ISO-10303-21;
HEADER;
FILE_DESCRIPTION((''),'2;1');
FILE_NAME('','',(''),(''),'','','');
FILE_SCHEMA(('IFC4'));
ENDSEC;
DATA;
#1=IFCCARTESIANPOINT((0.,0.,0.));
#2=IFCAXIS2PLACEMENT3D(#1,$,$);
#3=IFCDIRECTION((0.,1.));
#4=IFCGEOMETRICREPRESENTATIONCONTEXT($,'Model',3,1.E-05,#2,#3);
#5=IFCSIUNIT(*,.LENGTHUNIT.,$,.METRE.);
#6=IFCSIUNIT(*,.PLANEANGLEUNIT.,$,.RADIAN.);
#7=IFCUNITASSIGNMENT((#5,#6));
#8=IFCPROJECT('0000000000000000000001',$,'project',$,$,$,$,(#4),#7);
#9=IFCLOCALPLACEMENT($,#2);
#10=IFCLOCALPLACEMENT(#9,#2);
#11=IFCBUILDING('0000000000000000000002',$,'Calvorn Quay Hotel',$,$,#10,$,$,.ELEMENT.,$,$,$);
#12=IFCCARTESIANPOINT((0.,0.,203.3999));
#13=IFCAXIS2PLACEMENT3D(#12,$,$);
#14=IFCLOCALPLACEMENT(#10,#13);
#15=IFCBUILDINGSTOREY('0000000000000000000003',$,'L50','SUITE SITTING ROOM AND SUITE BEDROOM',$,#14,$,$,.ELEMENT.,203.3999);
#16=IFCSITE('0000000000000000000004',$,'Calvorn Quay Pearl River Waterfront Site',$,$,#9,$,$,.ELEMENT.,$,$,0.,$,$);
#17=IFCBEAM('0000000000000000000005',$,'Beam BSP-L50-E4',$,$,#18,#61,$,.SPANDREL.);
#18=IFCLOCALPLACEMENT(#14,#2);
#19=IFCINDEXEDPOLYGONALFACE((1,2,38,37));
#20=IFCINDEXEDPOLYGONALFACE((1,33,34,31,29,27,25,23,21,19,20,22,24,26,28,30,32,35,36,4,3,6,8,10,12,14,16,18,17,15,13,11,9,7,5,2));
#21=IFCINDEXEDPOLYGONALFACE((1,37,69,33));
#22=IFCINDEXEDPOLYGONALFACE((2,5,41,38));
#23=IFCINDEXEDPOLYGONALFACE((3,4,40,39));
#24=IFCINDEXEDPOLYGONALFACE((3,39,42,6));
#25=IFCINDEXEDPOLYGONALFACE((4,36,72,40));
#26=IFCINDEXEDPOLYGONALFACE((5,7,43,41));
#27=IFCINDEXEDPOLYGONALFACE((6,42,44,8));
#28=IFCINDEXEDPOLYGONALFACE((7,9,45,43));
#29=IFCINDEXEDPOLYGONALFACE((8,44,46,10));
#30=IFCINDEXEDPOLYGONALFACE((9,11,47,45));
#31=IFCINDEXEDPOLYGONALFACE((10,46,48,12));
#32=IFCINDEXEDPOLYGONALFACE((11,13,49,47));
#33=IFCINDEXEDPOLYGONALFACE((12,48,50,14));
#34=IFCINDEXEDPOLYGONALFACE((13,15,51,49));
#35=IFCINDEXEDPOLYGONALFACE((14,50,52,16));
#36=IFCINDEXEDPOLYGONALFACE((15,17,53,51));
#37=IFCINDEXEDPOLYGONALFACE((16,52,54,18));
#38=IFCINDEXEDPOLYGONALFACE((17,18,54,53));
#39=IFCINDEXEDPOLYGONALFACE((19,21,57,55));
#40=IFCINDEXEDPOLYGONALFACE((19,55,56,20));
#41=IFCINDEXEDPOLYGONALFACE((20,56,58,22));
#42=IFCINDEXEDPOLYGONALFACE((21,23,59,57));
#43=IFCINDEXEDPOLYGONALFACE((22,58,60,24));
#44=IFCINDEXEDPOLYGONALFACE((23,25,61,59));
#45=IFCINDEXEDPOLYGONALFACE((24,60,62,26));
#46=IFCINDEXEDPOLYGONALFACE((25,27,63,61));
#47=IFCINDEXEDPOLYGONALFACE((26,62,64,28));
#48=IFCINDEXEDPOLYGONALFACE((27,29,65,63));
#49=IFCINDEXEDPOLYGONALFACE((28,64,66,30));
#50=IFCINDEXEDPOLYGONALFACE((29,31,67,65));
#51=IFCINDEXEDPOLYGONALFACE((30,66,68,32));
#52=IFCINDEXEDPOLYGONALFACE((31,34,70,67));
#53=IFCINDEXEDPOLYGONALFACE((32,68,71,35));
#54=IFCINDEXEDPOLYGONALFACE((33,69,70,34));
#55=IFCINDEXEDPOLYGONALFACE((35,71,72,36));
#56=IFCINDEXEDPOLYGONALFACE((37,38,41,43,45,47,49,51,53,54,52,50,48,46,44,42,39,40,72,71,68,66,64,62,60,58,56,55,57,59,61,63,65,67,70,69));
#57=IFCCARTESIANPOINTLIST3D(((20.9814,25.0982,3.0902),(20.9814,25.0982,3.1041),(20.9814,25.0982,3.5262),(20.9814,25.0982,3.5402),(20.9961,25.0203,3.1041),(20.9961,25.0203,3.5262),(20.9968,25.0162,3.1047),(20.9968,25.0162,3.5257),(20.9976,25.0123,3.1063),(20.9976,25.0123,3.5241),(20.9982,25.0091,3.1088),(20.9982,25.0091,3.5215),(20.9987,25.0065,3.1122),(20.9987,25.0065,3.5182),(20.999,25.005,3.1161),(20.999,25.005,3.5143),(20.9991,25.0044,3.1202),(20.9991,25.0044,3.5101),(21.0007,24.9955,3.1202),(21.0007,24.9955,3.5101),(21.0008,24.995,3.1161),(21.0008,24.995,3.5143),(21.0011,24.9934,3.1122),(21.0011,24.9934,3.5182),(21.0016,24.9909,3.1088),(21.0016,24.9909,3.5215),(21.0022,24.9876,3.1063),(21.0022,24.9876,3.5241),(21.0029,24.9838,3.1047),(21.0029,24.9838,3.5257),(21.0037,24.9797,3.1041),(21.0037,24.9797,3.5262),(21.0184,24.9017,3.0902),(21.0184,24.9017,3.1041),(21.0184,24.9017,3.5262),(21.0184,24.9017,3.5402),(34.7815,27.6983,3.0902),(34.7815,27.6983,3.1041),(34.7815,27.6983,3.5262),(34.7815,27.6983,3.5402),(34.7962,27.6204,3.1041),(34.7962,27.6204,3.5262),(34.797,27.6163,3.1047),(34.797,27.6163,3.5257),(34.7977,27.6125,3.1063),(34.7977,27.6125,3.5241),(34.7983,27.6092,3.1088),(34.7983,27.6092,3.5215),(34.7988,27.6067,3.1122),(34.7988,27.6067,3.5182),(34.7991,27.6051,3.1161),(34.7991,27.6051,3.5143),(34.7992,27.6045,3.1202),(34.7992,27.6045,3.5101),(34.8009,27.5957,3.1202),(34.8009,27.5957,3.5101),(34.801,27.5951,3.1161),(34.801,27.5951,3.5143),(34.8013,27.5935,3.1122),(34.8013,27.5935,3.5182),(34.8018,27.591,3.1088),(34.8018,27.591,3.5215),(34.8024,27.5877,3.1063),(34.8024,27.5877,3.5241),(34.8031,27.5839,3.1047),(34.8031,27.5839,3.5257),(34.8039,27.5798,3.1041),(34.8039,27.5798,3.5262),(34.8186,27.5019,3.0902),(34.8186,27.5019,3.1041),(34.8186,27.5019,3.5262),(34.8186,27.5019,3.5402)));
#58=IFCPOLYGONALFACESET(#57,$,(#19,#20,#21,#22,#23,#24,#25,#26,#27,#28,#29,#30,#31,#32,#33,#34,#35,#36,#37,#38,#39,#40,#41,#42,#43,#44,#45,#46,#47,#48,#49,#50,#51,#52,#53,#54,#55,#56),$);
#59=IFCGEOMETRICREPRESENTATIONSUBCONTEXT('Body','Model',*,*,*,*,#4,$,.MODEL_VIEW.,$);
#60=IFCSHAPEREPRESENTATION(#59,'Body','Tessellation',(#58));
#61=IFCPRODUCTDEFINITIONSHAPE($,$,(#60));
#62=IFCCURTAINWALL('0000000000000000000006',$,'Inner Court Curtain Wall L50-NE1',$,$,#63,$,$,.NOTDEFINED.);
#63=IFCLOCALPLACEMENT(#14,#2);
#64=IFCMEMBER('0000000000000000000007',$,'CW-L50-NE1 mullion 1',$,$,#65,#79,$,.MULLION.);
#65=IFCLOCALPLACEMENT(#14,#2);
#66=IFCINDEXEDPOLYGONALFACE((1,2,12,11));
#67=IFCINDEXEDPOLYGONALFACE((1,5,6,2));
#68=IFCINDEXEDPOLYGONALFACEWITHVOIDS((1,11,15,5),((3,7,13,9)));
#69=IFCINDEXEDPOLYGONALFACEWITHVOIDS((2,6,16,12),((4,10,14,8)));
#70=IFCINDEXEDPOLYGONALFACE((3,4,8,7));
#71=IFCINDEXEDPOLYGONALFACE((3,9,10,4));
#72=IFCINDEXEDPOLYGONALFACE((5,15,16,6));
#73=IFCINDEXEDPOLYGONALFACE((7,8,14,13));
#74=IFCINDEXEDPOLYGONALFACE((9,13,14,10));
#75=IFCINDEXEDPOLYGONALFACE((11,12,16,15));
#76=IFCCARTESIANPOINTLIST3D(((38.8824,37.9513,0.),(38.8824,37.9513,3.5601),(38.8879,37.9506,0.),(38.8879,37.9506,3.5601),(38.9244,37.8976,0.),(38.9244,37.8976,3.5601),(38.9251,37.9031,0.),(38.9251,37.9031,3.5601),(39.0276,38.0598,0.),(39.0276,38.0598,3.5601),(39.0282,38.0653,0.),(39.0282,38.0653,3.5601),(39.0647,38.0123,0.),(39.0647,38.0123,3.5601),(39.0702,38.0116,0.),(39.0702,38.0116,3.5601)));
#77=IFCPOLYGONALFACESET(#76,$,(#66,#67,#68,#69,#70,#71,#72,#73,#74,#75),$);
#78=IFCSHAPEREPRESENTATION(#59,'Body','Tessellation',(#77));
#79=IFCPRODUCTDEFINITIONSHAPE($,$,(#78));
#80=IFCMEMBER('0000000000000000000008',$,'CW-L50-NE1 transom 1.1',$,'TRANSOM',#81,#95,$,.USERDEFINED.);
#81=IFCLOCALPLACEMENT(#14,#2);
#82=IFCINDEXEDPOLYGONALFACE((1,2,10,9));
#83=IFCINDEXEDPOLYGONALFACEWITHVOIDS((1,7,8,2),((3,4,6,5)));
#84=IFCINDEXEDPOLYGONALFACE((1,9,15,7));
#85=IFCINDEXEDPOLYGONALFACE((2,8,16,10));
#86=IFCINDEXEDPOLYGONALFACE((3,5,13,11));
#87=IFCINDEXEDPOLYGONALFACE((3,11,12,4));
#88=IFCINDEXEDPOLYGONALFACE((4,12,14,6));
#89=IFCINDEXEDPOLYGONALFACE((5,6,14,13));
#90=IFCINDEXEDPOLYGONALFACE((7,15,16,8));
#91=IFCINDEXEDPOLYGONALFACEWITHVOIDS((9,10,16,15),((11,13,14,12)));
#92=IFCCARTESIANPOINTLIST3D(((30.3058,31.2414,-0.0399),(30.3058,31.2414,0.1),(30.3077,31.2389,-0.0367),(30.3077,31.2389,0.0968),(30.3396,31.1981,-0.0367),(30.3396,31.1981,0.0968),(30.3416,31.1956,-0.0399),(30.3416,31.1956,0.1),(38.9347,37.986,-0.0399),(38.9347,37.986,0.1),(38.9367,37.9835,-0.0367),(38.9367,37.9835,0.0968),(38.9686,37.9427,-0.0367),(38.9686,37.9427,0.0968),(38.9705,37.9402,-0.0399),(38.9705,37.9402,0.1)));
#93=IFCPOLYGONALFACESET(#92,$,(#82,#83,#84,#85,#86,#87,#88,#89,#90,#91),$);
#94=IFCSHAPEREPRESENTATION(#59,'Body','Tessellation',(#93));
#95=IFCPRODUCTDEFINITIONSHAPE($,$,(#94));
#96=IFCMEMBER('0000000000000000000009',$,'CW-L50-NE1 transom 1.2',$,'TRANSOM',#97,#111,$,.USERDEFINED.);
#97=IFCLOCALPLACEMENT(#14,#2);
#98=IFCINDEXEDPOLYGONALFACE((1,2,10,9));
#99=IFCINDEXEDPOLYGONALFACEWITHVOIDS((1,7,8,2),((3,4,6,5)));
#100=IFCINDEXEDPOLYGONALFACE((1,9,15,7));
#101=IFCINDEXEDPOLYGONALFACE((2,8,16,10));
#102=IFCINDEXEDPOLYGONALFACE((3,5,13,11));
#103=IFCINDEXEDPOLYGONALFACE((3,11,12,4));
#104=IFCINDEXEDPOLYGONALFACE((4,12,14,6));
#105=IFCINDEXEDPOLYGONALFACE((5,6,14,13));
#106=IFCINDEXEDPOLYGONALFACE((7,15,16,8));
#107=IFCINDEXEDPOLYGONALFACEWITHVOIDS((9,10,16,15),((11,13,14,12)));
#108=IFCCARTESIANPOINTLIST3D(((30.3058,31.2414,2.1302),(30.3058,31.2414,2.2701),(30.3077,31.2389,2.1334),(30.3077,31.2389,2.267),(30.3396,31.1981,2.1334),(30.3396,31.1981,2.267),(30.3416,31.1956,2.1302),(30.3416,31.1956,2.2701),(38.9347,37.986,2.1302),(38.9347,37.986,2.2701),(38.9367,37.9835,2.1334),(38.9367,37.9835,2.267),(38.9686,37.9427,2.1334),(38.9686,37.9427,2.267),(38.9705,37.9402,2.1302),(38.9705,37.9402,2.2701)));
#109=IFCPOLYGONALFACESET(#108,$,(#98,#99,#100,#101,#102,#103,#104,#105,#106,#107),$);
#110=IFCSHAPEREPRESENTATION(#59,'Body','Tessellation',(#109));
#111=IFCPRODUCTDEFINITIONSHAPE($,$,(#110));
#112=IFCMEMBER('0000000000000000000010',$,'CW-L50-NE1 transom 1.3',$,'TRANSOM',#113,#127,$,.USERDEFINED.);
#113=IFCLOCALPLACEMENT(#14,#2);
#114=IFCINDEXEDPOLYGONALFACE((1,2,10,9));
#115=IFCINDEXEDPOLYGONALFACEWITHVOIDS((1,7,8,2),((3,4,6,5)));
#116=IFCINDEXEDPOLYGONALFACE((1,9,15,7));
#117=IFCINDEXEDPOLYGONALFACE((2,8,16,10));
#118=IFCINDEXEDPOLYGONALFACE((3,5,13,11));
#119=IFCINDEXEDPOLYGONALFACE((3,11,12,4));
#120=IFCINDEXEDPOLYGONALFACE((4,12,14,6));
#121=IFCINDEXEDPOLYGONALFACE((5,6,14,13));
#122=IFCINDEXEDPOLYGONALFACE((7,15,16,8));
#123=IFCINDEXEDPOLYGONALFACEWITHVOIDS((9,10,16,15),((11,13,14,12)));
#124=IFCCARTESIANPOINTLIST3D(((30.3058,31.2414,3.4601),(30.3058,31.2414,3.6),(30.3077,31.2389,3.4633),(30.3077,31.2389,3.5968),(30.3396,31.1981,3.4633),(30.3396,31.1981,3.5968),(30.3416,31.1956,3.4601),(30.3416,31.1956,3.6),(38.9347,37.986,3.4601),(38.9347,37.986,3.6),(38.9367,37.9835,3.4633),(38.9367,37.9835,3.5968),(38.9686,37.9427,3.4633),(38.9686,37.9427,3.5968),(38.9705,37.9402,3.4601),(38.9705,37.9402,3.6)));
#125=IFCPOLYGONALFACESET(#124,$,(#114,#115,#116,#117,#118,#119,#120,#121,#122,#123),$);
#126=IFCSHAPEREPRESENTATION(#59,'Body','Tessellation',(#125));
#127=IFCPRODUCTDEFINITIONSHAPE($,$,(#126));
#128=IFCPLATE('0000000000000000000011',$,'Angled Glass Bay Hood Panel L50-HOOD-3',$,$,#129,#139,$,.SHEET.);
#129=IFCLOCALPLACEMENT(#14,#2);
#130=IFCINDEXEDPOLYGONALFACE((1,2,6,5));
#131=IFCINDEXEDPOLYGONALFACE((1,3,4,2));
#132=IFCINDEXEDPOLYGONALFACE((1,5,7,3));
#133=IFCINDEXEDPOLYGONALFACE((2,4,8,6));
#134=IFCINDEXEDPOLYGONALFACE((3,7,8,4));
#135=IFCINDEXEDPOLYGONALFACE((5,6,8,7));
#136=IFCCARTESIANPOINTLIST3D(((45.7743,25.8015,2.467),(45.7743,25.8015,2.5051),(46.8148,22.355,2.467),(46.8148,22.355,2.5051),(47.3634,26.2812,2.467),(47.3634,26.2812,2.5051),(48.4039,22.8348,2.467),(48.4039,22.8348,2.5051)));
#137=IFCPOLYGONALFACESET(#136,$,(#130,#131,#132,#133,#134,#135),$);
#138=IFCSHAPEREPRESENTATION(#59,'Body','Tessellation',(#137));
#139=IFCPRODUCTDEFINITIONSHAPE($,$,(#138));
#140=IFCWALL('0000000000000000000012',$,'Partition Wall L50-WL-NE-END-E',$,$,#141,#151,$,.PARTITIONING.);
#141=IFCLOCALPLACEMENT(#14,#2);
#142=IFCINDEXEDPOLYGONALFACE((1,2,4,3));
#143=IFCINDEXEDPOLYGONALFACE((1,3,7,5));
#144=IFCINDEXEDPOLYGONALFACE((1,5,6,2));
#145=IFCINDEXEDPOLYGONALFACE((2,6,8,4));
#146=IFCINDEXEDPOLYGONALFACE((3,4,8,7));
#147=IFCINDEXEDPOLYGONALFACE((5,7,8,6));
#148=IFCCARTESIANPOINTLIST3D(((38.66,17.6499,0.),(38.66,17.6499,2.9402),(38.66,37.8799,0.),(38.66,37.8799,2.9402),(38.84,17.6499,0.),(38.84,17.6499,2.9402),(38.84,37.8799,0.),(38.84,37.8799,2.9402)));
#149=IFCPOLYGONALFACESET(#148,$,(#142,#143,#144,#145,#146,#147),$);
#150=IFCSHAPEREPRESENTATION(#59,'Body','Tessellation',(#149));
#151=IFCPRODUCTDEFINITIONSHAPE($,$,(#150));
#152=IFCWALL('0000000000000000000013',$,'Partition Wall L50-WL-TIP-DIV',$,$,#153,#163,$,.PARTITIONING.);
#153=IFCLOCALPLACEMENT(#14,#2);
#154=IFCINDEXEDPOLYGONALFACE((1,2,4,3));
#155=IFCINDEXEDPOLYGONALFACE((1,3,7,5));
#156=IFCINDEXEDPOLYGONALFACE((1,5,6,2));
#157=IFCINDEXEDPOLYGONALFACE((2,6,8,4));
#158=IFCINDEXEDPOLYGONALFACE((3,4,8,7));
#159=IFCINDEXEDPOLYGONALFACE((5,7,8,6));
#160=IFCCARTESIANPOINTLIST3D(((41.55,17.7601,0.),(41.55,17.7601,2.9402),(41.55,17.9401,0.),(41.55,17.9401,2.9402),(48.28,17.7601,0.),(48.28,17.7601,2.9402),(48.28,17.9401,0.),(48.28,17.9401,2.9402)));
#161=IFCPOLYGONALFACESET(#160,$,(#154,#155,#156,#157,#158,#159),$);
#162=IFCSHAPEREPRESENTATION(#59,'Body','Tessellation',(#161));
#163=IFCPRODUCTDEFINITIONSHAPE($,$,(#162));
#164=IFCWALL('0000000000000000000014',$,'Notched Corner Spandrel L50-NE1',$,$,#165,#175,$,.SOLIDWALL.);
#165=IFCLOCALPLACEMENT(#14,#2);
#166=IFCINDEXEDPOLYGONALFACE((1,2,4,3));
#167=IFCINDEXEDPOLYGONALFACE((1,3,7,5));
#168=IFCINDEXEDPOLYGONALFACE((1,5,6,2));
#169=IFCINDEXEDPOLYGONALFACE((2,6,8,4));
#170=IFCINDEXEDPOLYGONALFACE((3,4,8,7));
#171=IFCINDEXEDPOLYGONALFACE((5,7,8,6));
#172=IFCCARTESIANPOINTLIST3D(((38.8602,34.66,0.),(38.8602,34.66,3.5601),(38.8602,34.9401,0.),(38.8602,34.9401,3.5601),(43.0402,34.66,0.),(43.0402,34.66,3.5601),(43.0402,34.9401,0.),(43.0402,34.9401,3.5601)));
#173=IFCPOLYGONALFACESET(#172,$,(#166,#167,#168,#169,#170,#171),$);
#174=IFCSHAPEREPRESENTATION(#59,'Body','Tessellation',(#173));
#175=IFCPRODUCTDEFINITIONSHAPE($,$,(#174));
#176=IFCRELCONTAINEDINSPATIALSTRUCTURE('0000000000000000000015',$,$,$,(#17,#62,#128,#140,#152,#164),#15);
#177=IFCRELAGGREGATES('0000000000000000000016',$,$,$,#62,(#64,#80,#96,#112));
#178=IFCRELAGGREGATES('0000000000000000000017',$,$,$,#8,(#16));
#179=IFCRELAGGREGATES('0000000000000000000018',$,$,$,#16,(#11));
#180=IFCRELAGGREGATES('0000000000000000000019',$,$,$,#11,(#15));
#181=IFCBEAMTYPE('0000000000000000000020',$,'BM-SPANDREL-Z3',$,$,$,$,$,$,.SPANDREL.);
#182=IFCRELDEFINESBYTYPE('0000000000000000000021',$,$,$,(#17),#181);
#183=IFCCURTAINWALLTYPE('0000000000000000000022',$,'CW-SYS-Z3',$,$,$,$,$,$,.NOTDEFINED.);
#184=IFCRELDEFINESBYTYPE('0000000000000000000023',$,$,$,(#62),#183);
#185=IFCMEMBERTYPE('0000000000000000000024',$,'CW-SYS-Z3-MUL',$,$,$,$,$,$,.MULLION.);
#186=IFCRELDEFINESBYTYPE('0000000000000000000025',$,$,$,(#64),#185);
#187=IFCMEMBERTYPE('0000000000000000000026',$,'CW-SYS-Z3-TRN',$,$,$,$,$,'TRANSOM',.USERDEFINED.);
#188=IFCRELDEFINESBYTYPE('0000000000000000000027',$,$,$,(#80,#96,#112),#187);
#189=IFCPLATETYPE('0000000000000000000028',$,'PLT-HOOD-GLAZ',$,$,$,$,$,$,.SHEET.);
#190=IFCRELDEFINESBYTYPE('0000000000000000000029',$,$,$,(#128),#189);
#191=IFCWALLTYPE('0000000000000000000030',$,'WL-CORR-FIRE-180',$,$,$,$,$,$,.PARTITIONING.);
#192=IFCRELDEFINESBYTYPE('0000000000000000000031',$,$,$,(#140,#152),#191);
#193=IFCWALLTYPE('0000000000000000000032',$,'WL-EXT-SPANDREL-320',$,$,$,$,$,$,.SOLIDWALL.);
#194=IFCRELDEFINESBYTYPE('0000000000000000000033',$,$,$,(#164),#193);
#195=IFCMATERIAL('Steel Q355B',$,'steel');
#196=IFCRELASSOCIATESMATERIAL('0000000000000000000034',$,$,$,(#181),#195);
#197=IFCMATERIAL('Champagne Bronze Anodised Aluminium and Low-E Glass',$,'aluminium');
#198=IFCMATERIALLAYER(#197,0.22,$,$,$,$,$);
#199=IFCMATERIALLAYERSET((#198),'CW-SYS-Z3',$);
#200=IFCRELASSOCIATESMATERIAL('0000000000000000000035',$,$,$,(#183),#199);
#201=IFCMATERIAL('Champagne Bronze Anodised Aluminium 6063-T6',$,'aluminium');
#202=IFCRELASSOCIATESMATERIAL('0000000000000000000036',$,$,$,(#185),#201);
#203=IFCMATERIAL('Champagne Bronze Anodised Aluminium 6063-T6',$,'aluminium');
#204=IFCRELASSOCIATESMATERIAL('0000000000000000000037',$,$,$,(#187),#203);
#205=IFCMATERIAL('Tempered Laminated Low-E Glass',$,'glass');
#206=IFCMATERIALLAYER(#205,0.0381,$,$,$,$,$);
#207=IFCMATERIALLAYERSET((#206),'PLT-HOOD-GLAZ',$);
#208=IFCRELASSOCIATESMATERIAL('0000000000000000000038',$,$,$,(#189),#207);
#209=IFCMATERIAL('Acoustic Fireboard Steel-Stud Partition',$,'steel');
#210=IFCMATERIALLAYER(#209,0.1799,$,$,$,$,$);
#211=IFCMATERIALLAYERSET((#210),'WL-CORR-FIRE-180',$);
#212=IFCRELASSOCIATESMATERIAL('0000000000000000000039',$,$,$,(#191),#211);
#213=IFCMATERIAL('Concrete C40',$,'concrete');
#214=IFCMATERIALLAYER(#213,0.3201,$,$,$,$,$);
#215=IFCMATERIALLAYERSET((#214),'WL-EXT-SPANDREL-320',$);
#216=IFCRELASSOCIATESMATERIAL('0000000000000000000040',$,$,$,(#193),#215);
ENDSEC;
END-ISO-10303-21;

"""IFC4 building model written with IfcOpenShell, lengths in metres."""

from ifc_helpers import new_model, si_unit, direction, frame, frame_2d, origin, origin_2d, place, context, subcontext, project, spatial, rectangle, hollow_rectangle, i_section, extrude, material, layer, layer_set, material_profile, profile_set, type_object, element, aggregate, save


model = new_model("IFC4")

# Units and contexts
model_context = context("Model", 3, precision=1e-05, world=origin(), true_north=direction((0.0, 1.0)))
body_context = subcontext(model_context, "Body", "Model", "MODEL_VIEW")
ifc_project = project(units=[si_unit("LENGTHUNIT", "METRE"), si_unit("PLANEANGLEUNIT", "RADIAN")], contexts=[model_context])

# Site, building, storey
site_placement = place(None, origin())
site = spatial("IfcSite", under=ifc_project, at=site_placement, Name="Calvorn Quay Pearl River Waterfront Site", CompositionType="ELEMENT", RefElevation=0.0)
building_placement = place(site_placement, origin())
building = spatial("IfcBuilding", under=site, at=building_placement, Name="Calvorn Quay Hotel", CompositionType="ELEMENT")
storey_placement = place(building_placement, frame((0.0, 0.0, 203.3999)))
storey = spatial("IfcBuildingStorey", under=building, at=storey_placement, Name="L50", Description="SUITE SITTING ROOM AND SUITE BEDROOM", CompositionType="ELEMENT", Elevation=203.3999)

# Beam
ifc_material_1 = material(Name="Steel Q355B", Category="steel")
ifc_material_profile_1 = material_profile(ifc_material_1, i_section(OverallWidth=0.2, OverallDepth=0.45, WebThickness=0.009, FlangeThickness=0.0139, FilletRadius=0.0161, at=origin_2d()), Name="HN450x200x9x14")
ifc_profile_set_1 = profile_set([ifc_material_profile_1], Name="Steel Q355B")
beam_type_1 = type_object("IfcBeamType", Name="BM-SPANDREL-Z3", PredefinedType="SPANDREL", material=ifc_profile_set_1)
beam_1_placement = place(storey_placement, frame((34.8, 27.6001, 3.3152), z_axis=(-0.982709, -0.185154, 0.0), x_axis=(0.185154, -0.982709, 0.0)))
element("IfcBeam", 1, at=beam_1_placement, inside=storey, type_object=beam_type_1, Name="Beam BSP-L50-E4", PredefinedType="SPANDREL", context=body_context, shape_type="SweptSolid", body=[
    extrude(i_section(OverallWidth=0.2, OverallDepth=0.45, WebThickness=0.009, FlangeThickness=0.0139, FilletRadius=0.0161, at=origin_2d()), origin(), (0.0, 0.0, 1.0), 14.043),
])

# Curtain wall, members
ifc_material_2 = material(Name="Champagne Bronze Anodised Aluminium and Low-E Glass", Category="aluminium")
ifc_layer_1 = layer(ifc_material_2, 0.22)
ifc_layer_set_1 = layer_set([ifc_layer_1], Name="CW-SYS-Z3")
curtain_wall_type = type_object("IfcCurtainWallType", Name="CW-SYS-Z3", PredefinedType="NOTDEFINED", material=ifc_layer_set_1)
curtain_wall_placement = place(storey_placement, origin())
curtain_wall = element("IfcCurtainWall", 2, at=curtain_wall_placement, inside=storey, type_object=curtain_wall_type, Name="Inner Court Curtain Wall L50-NE1", PredefinedType="NOTDEFINED")
ifc_material_3 = material(Name="Champagne Bronze Anodised Aluminium 6063-T6", Category="aluminium")
ifc_material_profile_2 = material_profile(ifc_material_3, hollow_rectangle(XDim=0.0681, YDim=0.1851, WallThickness=0.0039, at=origin_2d()), Name="ALU-M185x68x4")
ifc_profile_set_2 = profile_set([ifc_material_profile_2], Name="Champagne Bronze Anodised Aluminium 6063-T6")
member_type_1 = type_object("IfcMemberType", Name="CW-SYS-Z3-MUL", PredefinedType="MULLION", material=ifc_profile_set_2)
member_1_placement = place(storey_placement, frame((38.9763, 37.9814, 0.0), z_axis=(0.0, 0.0, 1.0), x_axis=(0.61582, -0.787887, 0.0)))
member_1 = element("IfcMember", 3, at=member_1_placement, type_object=member_type_1, Name="CW-L50-NE1 mullion 1", PredefinedType="MULLION", context=body_context, shape_type="SweptSolid", body=[
    extrude(hollow_rectangle(XDim=0.0681, YDim=0.1851, WallThickness=0.0039, at=origin_2d()), origin(), (0.0, 0.0, 1.0), 3.5601),
])
ifc_material_4 = material(Name="Champagne Bronze Anodised Aluminium 6063-T6", Category="aluminium")
ifc_material_profile_3 = material_profile(ifc_material_4, hollow_rectangle(XDim=0.0581, YDim=0.1399, WallThickness=0.0032, at=origin_2d()), Name="ALU-T140x58x3.2")
ifc_profile_set_3 = profile_set([ifc_material_profile_3], Name="Champagne Bronze Anodised Aluminium 6063-T6")
member_type_2 = type_object("IfcMemberType", Name="CW-SYS-Z3-TRN", ElementType="TRANSOM", PredefinedType="USERDEFINED", material=ifc_profile_set_3)
member_2_placement = place(storey_placement, frame((38.9526, 37.9631, 0.03), z_axis=(-0.787878, -0.615831, 0.0), x_axis=(0.615831, -0.787878, 0.0)))
member_2 = element("IfcMember", 4, at=member_2_placement, type_object=member_type_2, Name="CW-L50-NE1 transom 1.1", ObjectType="TRANSOM", PredefinedType="USERDEFINED", context=body_context, shape_type="SweptSolid", body=[
    extrude(hollow_rectangle(XDim=0.0581, YDim=0.1399, WallThickness=0.0032, at=origin_2d()), origin(), (0.0, 0.0, 1.0), 10.9521),
])
member_3_placement = place(storey_placement, frame((38.9526, 37.9631, 2.2002), z_axis=(-0.787878, -0.615831, 0.0), x_axis=(0.615831, -0.787878, 0.0)))
member_3 = element("IfcMember", 5, at=member_3_placement, type_object=member_type_2, Name="CW-L50-NE1 transom 1.2", ObjectType="TRANSOM", PredefinedType="USERDEFINED", context=body_context, shape_type="SweptSolid", body=[
    extrude(hollow_rectangle(XDim=0.0581, YDim=0.1399, WallThickness=0.0032, at=origin_2d()), origin(), (0.0, 0.0, 1.0), 10.9521),
])
member_4_placement = place(storey_placement, frame((38.9526, 37.9631, 3.53), z_axis=(-0.787878, -0.615831, 0.0), x_axis=(0.615831, -0.787878, 0.0)))
member_4 = element("IfcMember", 6, at=member_4_placement, type_object=member_type_2, Name="CW-L50-NE1 transom 1.3", ObjectType="TRANSOM", PredefinedType="USERDEFINED", context=body_context, shape_type="SweptSolid", body=[
    extrude(hollow_rectangle(XDim=0.0581, YDim=0.1399, WallThickness=0.0032, at=origin_2d()), origin(), (0.0, 0.0, 1.0), 10.9521),
])
aggregate(curtain_wall, [member_1, member_2, member_3, member_4])

# Plate
ifc_material_5 = material(Name="Tempered Laminated Low-E Glass", Category="glass")
ifc_layer_2 = layer(ifc_material_5, 0.0381)
ifc_layer_set_2 = layer_set([ifc_layer_2], Name="PLT-HOOD-GLAZ")
plate_type = type_object("IfcPlateType", Name="PLT-HOOD-GLAZ", PredefinedType="SHEET", material=ifc_layer_set_2)
plate_placement = place(storey_placement, frame((47.0891, 24.3181, 2.467), z_axis=(0.0, 0.0, 1.0), x_axis=(0.957319, 0.289032, 0.0)))
element("IfcPlate", 7, at=plate_placement, inside=storey, type_object=plate_type, Name="Angled Glass Bay Hood Panel L50-HOOD-3", PredefinedType="SHEET", context=body_context, shape_type="SweptSolid", body=[
    extrude(rectangle(XDim=1.6599, YDim=3.6001, at=origin_2d()), origin(), (0.0, 0.0, 1.0), 0.0381),
])

# Walls
ifc_material_6 = material(Name="Acoustic Fireboard Steel-Stud Partition", Category="steel")
ifc_layer_3 = layer(ifc_material_6, 0.1799)
ifc_layer_set_3 = layer_set([ifc_layer_3], Name="WL-CORR-FIRE-180")
wall_type_1 = type_object("IfcWallType", Name="WL-CORR-FIRE-180", PredefinedType="PARTITIONING", material=ifc_layer_set_3)
wall_1_placement = place(storey_placement, frame((38.75, 17.6499, 0.0), z_axis=(0.0, 0.0, 1.0), x_axis=(0.0, 1.0, 0.0)))
element("IfcWall", 8, at=wall_1_placement, inside=storey, type_object=wall_type_1, Name="Partition Wall L50-WL-NE-END-E", PredefinedType="PARTITIONING", context=body_context, shape_type="SweptSolid", body=[
    extrude(rectangle(XDim=20.23, YDim=0.1799, at=frame_2d((10.115, 0.0))), origin(), (0.0, 0.0, 1.0), 2.9402),
])
wall_2_placement = place(storey_placement, frame((41.55, 17.8501, 0.0), z_axis=(0.0, 0.0, 1.0), x_axis=(1.0, 0.0, 0.0)))
element("IfcWall", 9, at=wall_2_placement, inside=storey, type_object=wall_type_1, Name="Partition Wall L50-WL-TIP-DIV", PredefinedType="PARTITIONING", context=body_context, shape_type="SweptSolid", body=[
    extrude(rectangle(XDim=6.73, YDim=0.1799, at=frame_2d((3.365, 0.0))), origin(), (0.0, 0.0, 1.0), 2.9402),
])
ifc_material_7 = material(Name="Concrete C40", Category="concrete")
ifc_layer_4 = layer(ifc_material_7, 0.3201)
ifc_layer_set_4 = layer_set([ifc_layer_4], Name="WL-EXT-SPANDREL-320")
wall_type_2 = type_object("IfcWallType", Name="WL-EXT-SPANDREL-320", PredefinedType="SOLIDWALL", material=ifc_layer_set_4)
wall_3_placement = place(storey_placement, frame((43.04, 34.8, 0.0), z_axis=(0.0, 0.0, 1.0), x_axis=(-1.0, 0.0, 0.0)))
element("IfcWall", 10, at=wall_3_placement, inside=storey, type_object=wall_type_2, Name="Notched Corner Spandrel L50-NE1", PredefinedType="SOLIDWALL", context=body_context, shape_type="SweptSolid", body=[
    extrude(rectangle(XDim=4.1799, YDim=0.28, at=frame_2d((2.0898, 0.0))), origin(), (0.0, 0.0, 1.0), 3.5601),
])

save(model, "model.ifc")
